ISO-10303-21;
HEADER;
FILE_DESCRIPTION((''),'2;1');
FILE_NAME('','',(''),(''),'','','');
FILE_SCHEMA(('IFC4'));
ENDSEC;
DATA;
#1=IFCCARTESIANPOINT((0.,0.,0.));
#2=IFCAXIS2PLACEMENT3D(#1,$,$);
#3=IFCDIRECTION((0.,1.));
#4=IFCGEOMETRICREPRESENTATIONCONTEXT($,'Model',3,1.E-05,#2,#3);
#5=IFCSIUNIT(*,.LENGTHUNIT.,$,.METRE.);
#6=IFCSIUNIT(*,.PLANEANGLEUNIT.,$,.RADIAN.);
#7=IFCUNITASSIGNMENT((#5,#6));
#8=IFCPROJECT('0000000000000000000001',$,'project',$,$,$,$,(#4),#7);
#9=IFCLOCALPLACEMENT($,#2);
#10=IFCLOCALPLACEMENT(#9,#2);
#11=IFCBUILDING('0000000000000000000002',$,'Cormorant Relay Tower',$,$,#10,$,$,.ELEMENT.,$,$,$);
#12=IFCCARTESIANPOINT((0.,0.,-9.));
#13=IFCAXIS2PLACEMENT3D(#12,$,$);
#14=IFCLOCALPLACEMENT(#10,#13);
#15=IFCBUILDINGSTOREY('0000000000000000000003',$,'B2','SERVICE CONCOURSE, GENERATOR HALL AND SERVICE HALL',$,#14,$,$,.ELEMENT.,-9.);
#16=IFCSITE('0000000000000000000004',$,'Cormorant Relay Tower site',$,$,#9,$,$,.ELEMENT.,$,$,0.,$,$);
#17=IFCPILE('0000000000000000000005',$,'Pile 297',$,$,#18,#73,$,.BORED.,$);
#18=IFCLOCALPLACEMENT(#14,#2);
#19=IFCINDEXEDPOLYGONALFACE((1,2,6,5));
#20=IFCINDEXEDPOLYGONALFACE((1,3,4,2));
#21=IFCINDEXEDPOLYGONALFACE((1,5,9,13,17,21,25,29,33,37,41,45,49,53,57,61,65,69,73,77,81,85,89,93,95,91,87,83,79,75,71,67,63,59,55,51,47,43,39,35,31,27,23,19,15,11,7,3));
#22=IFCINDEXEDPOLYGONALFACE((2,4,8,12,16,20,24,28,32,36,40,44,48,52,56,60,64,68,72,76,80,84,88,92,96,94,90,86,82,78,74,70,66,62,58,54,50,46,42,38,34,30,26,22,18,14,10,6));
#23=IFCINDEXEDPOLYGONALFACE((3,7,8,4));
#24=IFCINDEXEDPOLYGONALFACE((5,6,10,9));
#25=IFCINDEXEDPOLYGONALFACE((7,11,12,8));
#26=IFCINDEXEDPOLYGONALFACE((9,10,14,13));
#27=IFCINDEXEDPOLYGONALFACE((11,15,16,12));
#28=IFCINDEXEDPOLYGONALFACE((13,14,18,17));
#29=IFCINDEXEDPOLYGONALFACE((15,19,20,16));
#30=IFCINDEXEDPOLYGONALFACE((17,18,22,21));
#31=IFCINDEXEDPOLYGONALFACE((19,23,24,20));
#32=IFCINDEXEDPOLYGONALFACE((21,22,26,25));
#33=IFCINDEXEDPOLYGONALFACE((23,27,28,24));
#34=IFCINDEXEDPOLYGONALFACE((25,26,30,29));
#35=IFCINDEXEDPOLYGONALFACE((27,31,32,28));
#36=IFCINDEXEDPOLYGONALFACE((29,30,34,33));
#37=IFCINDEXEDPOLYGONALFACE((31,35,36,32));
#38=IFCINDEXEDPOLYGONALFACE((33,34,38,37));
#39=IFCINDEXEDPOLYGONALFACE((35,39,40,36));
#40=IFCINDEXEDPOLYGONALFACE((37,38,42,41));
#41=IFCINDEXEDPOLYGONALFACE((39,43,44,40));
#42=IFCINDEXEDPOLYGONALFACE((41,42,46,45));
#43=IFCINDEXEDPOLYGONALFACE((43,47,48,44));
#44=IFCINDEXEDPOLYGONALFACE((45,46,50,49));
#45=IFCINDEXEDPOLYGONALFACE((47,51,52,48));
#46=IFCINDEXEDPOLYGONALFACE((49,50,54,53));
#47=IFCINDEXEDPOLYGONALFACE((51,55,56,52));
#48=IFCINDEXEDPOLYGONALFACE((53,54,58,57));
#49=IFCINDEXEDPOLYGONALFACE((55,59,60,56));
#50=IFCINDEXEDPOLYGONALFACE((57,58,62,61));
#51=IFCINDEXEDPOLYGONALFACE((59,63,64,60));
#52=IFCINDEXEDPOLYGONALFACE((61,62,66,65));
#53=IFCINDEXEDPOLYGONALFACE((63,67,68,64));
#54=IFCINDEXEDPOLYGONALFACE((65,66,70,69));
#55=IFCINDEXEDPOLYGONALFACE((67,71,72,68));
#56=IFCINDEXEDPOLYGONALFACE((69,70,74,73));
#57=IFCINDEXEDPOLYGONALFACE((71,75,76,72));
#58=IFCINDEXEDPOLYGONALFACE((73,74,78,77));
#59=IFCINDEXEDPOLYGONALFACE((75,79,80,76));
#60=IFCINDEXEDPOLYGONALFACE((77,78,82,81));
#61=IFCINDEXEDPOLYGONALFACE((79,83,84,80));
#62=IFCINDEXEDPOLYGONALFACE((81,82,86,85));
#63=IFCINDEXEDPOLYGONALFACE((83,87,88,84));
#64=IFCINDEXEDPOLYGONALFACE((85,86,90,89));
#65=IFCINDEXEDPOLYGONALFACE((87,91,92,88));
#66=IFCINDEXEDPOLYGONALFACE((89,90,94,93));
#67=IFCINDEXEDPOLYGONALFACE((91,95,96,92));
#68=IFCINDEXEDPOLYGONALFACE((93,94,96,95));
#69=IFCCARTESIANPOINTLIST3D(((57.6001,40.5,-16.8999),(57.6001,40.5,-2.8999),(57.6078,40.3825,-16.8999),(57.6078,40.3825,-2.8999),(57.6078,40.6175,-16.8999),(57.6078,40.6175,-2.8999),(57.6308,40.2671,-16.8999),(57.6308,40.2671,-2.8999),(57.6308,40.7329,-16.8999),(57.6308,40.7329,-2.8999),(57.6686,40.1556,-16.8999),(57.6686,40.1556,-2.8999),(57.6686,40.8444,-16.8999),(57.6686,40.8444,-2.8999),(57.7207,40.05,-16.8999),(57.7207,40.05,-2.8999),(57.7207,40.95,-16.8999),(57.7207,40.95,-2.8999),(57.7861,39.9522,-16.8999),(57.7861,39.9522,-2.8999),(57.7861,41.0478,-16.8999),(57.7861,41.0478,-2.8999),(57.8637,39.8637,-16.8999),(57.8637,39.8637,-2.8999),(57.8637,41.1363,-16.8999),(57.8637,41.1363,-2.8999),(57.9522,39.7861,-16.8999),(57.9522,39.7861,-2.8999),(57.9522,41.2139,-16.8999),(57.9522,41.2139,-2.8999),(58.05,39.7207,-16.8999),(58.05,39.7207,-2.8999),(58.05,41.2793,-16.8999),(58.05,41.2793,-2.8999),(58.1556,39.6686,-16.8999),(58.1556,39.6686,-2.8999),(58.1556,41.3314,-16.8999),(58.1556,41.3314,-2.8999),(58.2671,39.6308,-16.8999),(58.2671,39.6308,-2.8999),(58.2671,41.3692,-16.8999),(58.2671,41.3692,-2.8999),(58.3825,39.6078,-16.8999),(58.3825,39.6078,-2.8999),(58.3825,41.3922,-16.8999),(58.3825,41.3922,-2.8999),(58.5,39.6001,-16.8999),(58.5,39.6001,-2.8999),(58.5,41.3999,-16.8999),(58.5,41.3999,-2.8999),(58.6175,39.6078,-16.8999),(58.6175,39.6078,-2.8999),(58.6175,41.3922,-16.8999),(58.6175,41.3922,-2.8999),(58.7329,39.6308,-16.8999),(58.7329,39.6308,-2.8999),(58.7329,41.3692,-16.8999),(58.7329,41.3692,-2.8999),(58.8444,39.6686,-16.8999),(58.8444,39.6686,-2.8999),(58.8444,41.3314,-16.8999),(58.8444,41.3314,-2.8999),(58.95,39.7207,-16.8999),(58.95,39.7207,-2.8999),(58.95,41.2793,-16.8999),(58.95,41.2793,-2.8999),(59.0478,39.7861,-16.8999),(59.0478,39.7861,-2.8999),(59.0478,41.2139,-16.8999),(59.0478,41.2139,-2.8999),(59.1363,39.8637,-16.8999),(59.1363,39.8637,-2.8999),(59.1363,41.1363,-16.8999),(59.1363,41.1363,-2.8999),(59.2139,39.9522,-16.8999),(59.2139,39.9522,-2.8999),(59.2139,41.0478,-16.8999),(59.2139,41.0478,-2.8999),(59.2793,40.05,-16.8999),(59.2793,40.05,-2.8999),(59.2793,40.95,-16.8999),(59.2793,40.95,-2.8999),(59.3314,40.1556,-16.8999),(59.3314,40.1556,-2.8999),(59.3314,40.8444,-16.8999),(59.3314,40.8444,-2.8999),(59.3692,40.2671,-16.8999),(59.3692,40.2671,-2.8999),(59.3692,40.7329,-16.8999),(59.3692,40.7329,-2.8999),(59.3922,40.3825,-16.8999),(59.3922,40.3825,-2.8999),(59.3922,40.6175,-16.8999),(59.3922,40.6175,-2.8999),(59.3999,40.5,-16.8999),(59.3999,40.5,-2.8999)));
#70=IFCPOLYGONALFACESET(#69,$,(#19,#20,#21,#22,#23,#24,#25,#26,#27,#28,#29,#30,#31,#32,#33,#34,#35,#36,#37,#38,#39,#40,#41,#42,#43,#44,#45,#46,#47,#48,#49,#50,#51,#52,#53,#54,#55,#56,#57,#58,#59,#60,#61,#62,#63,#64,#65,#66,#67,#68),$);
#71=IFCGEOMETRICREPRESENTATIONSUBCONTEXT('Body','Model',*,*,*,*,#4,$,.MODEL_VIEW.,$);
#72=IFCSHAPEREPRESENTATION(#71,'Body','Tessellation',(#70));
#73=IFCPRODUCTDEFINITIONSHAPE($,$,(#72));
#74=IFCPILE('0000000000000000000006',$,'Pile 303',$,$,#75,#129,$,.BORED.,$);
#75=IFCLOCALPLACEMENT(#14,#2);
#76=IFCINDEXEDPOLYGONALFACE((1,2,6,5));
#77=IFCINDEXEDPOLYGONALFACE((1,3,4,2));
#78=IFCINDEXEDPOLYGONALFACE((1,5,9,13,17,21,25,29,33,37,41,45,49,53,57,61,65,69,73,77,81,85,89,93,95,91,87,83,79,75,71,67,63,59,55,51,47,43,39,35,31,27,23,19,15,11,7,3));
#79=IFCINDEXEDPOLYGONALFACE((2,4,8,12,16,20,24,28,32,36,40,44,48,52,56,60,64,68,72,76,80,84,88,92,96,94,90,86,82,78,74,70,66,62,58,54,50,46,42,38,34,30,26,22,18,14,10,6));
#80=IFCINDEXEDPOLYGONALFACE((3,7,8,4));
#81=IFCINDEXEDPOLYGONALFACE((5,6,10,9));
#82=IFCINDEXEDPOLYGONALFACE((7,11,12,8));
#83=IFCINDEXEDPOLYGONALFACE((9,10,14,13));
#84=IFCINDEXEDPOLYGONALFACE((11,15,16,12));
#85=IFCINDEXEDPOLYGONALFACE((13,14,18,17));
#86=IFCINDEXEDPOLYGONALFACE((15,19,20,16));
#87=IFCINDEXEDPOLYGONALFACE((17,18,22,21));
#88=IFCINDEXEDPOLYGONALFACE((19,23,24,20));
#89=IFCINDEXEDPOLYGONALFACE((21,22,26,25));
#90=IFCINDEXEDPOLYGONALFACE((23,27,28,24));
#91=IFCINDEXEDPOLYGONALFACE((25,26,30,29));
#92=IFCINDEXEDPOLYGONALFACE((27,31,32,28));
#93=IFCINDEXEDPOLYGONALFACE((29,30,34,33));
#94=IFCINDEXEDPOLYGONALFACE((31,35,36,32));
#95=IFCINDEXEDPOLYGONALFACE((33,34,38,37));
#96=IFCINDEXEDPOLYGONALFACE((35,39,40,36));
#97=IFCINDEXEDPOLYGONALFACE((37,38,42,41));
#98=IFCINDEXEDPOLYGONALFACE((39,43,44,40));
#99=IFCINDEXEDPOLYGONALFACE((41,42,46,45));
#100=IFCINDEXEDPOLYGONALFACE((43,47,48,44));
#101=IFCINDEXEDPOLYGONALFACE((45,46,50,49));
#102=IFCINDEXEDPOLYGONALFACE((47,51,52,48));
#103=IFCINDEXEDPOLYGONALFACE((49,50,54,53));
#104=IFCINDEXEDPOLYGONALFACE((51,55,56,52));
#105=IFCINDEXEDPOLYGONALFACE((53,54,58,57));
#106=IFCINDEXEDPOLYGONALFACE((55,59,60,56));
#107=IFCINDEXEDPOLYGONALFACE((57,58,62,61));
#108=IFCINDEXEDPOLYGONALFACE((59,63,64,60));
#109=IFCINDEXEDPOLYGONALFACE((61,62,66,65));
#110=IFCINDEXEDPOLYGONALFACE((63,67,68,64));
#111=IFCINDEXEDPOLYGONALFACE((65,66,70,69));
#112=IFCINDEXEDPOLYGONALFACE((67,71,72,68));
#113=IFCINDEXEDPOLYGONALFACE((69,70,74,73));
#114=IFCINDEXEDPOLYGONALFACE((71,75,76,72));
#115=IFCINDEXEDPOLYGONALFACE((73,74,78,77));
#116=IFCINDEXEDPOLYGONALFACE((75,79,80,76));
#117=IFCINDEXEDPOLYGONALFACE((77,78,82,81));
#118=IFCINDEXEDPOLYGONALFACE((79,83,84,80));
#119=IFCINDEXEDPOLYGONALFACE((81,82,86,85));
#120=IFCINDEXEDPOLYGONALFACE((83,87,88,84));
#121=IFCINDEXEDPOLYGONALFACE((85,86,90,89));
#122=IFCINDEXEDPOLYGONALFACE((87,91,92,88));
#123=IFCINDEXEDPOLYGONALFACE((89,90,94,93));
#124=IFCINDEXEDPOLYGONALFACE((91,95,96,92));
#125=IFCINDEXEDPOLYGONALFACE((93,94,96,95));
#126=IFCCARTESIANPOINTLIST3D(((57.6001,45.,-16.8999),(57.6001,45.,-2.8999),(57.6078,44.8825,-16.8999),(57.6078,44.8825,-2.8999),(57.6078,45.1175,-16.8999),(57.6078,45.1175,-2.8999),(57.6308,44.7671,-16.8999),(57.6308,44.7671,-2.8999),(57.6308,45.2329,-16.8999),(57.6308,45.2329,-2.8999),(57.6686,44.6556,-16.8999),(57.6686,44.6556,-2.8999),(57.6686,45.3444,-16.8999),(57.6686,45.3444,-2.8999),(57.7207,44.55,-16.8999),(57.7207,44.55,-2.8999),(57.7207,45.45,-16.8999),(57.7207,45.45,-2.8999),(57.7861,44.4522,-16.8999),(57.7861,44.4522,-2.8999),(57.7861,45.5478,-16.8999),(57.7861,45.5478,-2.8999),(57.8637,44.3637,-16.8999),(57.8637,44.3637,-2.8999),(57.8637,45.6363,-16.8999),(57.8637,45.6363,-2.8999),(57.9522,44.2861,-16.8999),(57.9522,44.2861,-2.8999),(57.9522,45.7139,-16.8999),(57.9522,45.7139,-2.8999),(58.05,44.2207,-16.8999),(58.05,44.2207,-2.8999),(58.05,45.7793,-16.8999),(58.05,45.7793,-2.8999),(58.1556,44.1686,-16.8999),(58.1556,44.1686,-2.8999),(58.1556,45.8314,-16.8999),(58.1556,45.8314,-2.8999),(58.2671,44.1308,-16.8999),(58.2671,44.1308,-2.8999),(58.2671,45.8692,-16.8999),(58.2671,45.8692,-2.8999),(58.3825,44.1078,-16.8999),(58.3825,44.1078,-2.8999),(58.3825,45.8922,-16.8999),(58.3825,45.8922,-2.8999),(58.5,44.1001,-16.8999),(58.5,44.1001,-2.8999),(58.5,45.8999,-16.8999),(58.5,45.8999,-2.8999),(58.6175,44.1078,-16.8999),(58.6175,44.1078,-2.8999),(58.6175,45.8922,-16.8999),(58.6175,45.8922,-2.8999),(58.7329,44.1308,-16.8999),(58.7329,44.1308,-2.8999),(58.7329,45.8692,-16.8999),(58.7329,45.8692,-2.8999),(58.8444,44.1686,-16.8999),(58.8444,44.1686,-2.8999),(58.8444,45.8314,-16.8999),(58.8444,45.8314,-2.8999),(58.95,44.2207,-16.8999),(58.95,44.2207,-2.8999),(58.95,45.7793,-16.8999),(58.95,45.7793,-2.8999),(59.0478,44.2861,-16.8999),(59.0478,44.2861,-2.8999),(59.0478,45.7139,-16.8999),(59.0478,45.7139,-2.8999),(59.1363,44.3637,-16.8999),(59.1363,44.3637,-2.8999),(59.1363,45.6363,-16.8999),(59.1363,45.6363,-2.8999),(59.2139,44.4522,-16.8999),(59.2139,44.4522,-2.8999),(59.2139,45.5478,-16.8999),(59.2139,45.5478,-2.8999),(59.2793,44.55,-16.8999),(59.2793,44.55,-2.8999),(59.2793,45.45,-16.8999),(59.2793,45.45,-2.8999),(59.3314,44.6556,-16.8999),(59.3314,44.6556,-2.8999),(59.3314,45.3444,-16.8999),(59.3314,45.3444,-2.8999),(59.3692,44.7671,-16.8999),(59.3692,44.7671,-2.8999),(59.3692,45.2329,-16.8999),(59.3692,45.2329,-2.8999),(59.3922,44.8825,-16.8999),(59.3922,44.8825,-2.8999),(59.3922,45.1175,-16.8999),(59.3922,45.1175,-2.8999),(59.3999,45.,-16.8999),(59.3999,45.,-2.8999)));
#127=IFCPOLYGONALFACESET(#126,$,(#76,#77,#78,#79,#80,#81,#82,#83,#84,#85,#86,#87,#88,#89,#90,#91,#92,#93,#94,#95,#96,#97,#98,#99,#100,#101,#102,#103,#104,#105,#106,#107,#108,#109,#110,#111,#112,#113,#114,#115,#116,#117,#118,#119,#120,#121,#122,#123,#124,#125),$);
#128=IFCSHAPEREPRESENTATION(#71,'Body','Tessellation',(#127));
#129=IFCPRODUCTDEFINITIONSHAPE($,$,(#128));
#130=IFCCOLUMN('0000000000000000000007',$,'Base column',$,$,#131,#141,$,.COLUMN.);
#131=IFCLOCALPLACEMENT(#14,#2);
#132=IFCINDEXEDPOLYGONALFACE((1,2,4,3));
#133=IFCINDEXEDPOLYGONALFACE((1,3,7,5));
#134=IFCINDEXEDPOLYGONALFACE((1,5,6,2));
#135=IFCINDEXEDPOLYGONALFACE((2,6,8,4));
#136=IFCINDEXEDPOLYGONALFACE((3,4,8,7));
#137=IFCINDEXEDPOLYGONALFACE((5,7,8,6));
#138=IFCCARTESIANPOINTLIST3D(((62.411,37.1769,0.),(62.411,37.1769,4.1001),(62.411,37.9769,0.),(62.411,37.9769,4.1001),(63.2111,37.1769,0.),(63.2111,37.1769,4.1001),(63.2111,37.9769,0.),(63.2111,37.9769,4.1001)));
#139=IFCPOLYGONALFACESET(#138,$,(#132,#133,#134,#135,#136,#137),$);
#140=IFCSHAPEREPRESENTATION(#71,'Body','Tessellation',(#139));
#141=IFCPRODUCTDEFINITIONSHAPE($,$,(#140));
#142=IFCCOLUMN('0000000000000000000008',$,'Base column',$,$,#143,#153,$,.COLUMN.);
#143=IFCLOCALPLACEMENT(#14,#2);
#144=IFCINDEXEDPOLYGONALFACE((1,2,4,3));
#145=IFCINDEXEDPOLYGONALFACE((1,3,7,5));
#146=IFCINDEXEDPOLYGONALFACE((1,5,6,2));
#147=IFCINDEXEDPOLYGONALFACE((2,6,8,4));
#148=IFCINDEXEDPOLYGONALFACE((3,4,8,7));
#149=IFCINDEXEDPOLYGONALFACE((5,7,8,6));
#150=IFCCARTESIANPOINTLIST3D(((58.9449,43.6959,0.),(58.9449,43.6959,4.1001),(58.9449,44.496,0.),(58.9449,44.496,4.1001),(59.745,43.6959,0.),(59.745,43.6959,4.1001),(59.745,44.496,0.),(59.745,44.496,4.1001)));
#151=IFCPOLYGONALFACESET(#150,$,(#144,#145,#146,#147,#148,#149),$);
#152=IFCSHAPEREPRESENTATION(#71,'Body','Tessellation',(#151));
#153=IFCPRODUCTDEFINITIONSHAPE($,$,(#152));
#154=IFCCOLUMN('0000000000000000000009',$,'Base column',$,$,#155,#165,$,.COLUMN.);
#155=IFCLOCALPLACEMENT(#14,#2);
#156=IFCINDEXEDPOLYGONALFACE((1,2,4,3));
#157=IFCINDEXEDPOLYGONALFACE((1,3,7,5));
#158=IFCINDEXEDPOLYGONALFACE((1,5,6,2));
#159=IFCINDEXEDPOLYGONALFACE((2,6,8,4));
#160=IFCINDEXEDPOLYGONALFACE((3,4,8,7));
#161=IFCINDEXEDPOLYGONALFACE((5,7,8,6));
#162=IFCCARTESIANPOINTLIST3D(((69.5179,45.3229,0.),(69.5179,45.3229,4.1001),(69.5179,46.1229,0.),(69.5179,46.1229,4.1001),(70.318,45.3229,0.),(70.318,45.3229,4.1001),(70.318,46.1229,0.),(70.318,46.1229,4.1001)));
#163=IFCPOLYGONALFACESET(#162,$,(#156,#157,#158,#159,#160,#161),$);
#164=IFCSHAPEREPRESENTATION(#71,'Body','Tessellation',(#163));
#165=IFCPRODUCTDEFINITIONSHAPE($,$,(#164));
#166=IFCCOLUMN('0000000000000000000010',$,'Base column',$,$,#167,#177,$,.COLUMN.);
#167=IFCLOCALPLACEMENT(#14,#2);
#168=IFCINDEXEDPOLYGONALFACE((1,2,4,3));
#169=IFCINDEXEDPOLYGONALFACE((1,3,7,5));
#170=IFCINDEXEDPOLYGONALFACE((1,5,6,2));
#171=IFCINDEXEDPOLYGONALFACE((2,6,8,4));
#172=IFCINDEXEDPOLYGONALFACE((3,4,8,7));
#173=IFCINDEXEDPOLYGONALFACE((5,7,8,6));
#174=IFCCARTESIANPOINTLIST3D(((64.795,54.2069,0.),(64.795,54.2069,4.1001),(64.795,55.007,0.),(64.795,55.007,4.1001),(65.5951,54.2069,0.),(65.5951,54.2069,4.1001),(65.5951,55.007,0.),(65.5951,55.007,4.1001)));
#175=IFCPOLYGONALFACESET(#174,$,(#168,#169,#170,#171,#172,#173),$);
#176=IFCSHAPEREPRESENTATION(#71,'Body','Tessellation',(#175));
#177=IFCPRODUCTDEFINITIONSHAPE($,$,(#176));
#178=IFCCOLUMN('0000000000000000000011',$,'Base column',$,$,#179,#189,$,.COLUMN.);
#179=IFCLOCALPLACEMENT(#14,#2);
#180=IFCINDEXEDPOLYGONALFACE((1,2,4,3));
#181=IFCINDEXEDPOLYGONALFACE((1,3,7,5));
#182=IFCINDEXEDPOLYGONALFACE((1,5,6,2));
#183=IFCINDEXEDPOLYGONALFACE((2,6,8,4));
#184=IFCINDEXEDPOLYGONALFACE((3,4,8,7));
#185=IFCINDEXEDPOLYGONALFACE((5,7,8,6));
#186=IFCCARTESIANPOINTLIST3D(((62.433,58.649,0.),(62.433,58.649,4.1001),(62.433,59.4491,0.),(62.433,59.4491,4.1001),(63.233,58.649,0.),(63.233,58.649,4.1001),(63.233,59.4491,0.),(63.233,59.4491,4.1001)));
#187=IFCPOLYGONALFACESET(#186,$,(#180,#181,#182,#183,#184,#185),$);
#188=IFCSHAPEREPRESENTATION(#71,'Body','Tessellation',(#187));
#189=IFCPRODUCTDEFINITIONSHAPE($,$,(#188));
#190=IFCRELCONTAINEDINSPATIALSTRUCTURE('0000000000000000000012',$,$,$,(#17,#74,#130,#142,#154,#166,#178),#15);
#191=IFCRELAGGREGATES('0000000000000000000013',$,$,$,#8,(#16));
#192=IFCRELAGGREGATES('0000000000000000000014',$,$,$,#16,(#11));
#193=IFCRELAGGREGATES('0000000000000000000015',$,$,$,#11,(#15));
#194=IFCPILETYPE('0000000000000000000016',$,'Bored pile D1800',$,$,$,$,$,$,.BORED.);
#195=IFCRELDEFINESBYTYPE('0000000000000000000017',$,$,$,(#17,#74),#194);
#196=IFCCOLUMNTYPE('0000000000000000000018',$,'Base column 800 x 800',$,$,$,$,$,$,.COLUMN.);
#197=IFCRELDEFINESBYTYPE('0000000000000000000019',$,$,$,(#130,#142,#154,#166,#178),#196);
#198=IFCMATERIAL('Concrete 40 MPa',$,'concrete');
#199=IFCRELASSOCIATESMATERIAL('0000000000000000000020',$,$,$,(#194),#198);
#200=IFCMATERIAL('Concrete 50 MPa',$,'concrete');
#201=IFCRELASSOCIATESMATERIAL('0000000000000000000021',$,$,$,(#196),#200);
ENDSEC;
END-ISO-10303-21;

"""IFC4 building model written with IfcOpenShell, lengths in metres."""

from ifc_helpers import new_model, si_unit, direction, frame, origin, origin_2d, place, context, subcontext, project, spatial, rectangle, circle, extrude, material, material_profile, profile_set, type_object, element, save


model = new_model("IFC4")

# Units and contexts
model_context = context("Model", 3, precision=1e-05, world=origin(), true_north=direction((0.0, 1.0)))
body_context = subcontext(model_context, "Body", "Model", "MODEL_VIEW")
ifc_project = project(units=[si_unit("LENGTHUNIT", "METRE"), si_unit("PLANEANGLEUNIT", "RADIAN")], contexts=[model_context])

# Site, building, storey
site_placement = place(None, origin())
site = spatial("IfcSite", under=ifc_project, at=site_placement, Name="Cormorant Relay Tower site", CompositionType="ELEMENT", RefElevation=0.0)
building_placement = place(site_placement, origin())
building = spatial("IfcBuilding", under=site, at=building_placement, Name="Cormorant Relay Tower", CompositionType="ELEMENT")
storey_placement = place(building_placement, frame((0.0, 0.0, -9.0)))
storey = spatial("IfcBuildingStorey", under=building, at=storey_placement, Name="B2", Description="SERVICE CONCOURSE, GENERATOR HALL AND SERVICE HALL", CompositionType="ELEMENT", Elevation=-9.0)

# Piles
ifc_material_1 = material(Name="Concrete 40 MPa", Category="concrete")
ifc_material_profile_1 = material_profile(ifc_material_1, circle(Radius=0.8999, at=origin_2d()), Name="BP1800")
ifc_profile_set_1 = profile_set([ifc_material_profile_1], Name="Concrete 40 MPa")
pile_type = type_object("IfcPileType", Name="Bored pile D1800", PredefinedType="BORED", material=ifc_profile_set_1)
for number, where, z_axis, x_axis, name in (
    (1, (58.5, 40.5, -2.8999), (0.0, 0.0, -1.0), (1.0, 0.0, 0.0), "Pile 297"),
    (2, (58.5, 45.0, -2.8999), (0.0, 0.0, -1.0), (1.0, 0.0, 0.0), "Pile 303"),
):
    element("IfcPile", number, at=place(storey_placement, frame(where, z_axis=z_axis, x_axis=x_axis)), inside=storey, type_object=pile_type, Name=name, PredefinedType="BORED", context=body_context, shape_type="SweptSolid", body=[
        extrude(circle(Radius=0.8999, at=origin_2d()), origin(), (0.0, 0.0, 1.0), 14.0),
    ])

# Columns
ifc_material_2 = material(Name="Concrete 50 MPa", Category="concrete")
ifc_material_profile_2 = material_profile(ifc_material_2, rectangle(XDim=0.8, YDim=0.8, at=origin_2d()), Name="RC 800x800")
ifc_profile_set_2 = profile_set([ifc_material_profile_2], Name="Concrete 50 MPa")
column_type_1 = type_object("IfcColumnType", Name="Base column 800 x 800", PredefinedType="COLUMN", material=ifc_profile_set_2)
for number, where, z_axis, x_axis, name in (
    (3, (62.811, 37.5769, 0.0), (0.0, 0.0, 1.0), (1.0, 0.0, 0.0), "Base column"),
    (4, (59.345, 44.0959, 0.0), (0.0, 0.0, 1.0), (1.0, 0.0, 0.0), "Base column"),
    (5, (69.918, 45.7229, 0.0), (0.0, 0.0, 1.0), (1.0, 0.0, 0.0), "Base column"),
    (6, (65.1951, 54.6069, 0.0), (0.0, 0.0, 1.0), (1.0, 0.0, 0.0), "Base column"),
    (7, (62.833, 59.0491, 0.0), (0.0, 0.0, 1.0), (1.0, 0.0, 0.0), "Base column"),
):
    element("IfcColumn", number, at=place(storey_placement, frame(where, z_axis=z_axis, x_axis=x_axis)), inside=storey, type_object=column_type_1, Name=name, PredefinedType="COLUMN", context=body_context, shape_type="SweptSolid", body=[
        extrude(rectangle(XDim=0.8, YDim=0.8, at=origin_2d()), origin(), (0.0, 0.0, 1.0), 4.1001),
    ])

save(model, "model.ifc")
